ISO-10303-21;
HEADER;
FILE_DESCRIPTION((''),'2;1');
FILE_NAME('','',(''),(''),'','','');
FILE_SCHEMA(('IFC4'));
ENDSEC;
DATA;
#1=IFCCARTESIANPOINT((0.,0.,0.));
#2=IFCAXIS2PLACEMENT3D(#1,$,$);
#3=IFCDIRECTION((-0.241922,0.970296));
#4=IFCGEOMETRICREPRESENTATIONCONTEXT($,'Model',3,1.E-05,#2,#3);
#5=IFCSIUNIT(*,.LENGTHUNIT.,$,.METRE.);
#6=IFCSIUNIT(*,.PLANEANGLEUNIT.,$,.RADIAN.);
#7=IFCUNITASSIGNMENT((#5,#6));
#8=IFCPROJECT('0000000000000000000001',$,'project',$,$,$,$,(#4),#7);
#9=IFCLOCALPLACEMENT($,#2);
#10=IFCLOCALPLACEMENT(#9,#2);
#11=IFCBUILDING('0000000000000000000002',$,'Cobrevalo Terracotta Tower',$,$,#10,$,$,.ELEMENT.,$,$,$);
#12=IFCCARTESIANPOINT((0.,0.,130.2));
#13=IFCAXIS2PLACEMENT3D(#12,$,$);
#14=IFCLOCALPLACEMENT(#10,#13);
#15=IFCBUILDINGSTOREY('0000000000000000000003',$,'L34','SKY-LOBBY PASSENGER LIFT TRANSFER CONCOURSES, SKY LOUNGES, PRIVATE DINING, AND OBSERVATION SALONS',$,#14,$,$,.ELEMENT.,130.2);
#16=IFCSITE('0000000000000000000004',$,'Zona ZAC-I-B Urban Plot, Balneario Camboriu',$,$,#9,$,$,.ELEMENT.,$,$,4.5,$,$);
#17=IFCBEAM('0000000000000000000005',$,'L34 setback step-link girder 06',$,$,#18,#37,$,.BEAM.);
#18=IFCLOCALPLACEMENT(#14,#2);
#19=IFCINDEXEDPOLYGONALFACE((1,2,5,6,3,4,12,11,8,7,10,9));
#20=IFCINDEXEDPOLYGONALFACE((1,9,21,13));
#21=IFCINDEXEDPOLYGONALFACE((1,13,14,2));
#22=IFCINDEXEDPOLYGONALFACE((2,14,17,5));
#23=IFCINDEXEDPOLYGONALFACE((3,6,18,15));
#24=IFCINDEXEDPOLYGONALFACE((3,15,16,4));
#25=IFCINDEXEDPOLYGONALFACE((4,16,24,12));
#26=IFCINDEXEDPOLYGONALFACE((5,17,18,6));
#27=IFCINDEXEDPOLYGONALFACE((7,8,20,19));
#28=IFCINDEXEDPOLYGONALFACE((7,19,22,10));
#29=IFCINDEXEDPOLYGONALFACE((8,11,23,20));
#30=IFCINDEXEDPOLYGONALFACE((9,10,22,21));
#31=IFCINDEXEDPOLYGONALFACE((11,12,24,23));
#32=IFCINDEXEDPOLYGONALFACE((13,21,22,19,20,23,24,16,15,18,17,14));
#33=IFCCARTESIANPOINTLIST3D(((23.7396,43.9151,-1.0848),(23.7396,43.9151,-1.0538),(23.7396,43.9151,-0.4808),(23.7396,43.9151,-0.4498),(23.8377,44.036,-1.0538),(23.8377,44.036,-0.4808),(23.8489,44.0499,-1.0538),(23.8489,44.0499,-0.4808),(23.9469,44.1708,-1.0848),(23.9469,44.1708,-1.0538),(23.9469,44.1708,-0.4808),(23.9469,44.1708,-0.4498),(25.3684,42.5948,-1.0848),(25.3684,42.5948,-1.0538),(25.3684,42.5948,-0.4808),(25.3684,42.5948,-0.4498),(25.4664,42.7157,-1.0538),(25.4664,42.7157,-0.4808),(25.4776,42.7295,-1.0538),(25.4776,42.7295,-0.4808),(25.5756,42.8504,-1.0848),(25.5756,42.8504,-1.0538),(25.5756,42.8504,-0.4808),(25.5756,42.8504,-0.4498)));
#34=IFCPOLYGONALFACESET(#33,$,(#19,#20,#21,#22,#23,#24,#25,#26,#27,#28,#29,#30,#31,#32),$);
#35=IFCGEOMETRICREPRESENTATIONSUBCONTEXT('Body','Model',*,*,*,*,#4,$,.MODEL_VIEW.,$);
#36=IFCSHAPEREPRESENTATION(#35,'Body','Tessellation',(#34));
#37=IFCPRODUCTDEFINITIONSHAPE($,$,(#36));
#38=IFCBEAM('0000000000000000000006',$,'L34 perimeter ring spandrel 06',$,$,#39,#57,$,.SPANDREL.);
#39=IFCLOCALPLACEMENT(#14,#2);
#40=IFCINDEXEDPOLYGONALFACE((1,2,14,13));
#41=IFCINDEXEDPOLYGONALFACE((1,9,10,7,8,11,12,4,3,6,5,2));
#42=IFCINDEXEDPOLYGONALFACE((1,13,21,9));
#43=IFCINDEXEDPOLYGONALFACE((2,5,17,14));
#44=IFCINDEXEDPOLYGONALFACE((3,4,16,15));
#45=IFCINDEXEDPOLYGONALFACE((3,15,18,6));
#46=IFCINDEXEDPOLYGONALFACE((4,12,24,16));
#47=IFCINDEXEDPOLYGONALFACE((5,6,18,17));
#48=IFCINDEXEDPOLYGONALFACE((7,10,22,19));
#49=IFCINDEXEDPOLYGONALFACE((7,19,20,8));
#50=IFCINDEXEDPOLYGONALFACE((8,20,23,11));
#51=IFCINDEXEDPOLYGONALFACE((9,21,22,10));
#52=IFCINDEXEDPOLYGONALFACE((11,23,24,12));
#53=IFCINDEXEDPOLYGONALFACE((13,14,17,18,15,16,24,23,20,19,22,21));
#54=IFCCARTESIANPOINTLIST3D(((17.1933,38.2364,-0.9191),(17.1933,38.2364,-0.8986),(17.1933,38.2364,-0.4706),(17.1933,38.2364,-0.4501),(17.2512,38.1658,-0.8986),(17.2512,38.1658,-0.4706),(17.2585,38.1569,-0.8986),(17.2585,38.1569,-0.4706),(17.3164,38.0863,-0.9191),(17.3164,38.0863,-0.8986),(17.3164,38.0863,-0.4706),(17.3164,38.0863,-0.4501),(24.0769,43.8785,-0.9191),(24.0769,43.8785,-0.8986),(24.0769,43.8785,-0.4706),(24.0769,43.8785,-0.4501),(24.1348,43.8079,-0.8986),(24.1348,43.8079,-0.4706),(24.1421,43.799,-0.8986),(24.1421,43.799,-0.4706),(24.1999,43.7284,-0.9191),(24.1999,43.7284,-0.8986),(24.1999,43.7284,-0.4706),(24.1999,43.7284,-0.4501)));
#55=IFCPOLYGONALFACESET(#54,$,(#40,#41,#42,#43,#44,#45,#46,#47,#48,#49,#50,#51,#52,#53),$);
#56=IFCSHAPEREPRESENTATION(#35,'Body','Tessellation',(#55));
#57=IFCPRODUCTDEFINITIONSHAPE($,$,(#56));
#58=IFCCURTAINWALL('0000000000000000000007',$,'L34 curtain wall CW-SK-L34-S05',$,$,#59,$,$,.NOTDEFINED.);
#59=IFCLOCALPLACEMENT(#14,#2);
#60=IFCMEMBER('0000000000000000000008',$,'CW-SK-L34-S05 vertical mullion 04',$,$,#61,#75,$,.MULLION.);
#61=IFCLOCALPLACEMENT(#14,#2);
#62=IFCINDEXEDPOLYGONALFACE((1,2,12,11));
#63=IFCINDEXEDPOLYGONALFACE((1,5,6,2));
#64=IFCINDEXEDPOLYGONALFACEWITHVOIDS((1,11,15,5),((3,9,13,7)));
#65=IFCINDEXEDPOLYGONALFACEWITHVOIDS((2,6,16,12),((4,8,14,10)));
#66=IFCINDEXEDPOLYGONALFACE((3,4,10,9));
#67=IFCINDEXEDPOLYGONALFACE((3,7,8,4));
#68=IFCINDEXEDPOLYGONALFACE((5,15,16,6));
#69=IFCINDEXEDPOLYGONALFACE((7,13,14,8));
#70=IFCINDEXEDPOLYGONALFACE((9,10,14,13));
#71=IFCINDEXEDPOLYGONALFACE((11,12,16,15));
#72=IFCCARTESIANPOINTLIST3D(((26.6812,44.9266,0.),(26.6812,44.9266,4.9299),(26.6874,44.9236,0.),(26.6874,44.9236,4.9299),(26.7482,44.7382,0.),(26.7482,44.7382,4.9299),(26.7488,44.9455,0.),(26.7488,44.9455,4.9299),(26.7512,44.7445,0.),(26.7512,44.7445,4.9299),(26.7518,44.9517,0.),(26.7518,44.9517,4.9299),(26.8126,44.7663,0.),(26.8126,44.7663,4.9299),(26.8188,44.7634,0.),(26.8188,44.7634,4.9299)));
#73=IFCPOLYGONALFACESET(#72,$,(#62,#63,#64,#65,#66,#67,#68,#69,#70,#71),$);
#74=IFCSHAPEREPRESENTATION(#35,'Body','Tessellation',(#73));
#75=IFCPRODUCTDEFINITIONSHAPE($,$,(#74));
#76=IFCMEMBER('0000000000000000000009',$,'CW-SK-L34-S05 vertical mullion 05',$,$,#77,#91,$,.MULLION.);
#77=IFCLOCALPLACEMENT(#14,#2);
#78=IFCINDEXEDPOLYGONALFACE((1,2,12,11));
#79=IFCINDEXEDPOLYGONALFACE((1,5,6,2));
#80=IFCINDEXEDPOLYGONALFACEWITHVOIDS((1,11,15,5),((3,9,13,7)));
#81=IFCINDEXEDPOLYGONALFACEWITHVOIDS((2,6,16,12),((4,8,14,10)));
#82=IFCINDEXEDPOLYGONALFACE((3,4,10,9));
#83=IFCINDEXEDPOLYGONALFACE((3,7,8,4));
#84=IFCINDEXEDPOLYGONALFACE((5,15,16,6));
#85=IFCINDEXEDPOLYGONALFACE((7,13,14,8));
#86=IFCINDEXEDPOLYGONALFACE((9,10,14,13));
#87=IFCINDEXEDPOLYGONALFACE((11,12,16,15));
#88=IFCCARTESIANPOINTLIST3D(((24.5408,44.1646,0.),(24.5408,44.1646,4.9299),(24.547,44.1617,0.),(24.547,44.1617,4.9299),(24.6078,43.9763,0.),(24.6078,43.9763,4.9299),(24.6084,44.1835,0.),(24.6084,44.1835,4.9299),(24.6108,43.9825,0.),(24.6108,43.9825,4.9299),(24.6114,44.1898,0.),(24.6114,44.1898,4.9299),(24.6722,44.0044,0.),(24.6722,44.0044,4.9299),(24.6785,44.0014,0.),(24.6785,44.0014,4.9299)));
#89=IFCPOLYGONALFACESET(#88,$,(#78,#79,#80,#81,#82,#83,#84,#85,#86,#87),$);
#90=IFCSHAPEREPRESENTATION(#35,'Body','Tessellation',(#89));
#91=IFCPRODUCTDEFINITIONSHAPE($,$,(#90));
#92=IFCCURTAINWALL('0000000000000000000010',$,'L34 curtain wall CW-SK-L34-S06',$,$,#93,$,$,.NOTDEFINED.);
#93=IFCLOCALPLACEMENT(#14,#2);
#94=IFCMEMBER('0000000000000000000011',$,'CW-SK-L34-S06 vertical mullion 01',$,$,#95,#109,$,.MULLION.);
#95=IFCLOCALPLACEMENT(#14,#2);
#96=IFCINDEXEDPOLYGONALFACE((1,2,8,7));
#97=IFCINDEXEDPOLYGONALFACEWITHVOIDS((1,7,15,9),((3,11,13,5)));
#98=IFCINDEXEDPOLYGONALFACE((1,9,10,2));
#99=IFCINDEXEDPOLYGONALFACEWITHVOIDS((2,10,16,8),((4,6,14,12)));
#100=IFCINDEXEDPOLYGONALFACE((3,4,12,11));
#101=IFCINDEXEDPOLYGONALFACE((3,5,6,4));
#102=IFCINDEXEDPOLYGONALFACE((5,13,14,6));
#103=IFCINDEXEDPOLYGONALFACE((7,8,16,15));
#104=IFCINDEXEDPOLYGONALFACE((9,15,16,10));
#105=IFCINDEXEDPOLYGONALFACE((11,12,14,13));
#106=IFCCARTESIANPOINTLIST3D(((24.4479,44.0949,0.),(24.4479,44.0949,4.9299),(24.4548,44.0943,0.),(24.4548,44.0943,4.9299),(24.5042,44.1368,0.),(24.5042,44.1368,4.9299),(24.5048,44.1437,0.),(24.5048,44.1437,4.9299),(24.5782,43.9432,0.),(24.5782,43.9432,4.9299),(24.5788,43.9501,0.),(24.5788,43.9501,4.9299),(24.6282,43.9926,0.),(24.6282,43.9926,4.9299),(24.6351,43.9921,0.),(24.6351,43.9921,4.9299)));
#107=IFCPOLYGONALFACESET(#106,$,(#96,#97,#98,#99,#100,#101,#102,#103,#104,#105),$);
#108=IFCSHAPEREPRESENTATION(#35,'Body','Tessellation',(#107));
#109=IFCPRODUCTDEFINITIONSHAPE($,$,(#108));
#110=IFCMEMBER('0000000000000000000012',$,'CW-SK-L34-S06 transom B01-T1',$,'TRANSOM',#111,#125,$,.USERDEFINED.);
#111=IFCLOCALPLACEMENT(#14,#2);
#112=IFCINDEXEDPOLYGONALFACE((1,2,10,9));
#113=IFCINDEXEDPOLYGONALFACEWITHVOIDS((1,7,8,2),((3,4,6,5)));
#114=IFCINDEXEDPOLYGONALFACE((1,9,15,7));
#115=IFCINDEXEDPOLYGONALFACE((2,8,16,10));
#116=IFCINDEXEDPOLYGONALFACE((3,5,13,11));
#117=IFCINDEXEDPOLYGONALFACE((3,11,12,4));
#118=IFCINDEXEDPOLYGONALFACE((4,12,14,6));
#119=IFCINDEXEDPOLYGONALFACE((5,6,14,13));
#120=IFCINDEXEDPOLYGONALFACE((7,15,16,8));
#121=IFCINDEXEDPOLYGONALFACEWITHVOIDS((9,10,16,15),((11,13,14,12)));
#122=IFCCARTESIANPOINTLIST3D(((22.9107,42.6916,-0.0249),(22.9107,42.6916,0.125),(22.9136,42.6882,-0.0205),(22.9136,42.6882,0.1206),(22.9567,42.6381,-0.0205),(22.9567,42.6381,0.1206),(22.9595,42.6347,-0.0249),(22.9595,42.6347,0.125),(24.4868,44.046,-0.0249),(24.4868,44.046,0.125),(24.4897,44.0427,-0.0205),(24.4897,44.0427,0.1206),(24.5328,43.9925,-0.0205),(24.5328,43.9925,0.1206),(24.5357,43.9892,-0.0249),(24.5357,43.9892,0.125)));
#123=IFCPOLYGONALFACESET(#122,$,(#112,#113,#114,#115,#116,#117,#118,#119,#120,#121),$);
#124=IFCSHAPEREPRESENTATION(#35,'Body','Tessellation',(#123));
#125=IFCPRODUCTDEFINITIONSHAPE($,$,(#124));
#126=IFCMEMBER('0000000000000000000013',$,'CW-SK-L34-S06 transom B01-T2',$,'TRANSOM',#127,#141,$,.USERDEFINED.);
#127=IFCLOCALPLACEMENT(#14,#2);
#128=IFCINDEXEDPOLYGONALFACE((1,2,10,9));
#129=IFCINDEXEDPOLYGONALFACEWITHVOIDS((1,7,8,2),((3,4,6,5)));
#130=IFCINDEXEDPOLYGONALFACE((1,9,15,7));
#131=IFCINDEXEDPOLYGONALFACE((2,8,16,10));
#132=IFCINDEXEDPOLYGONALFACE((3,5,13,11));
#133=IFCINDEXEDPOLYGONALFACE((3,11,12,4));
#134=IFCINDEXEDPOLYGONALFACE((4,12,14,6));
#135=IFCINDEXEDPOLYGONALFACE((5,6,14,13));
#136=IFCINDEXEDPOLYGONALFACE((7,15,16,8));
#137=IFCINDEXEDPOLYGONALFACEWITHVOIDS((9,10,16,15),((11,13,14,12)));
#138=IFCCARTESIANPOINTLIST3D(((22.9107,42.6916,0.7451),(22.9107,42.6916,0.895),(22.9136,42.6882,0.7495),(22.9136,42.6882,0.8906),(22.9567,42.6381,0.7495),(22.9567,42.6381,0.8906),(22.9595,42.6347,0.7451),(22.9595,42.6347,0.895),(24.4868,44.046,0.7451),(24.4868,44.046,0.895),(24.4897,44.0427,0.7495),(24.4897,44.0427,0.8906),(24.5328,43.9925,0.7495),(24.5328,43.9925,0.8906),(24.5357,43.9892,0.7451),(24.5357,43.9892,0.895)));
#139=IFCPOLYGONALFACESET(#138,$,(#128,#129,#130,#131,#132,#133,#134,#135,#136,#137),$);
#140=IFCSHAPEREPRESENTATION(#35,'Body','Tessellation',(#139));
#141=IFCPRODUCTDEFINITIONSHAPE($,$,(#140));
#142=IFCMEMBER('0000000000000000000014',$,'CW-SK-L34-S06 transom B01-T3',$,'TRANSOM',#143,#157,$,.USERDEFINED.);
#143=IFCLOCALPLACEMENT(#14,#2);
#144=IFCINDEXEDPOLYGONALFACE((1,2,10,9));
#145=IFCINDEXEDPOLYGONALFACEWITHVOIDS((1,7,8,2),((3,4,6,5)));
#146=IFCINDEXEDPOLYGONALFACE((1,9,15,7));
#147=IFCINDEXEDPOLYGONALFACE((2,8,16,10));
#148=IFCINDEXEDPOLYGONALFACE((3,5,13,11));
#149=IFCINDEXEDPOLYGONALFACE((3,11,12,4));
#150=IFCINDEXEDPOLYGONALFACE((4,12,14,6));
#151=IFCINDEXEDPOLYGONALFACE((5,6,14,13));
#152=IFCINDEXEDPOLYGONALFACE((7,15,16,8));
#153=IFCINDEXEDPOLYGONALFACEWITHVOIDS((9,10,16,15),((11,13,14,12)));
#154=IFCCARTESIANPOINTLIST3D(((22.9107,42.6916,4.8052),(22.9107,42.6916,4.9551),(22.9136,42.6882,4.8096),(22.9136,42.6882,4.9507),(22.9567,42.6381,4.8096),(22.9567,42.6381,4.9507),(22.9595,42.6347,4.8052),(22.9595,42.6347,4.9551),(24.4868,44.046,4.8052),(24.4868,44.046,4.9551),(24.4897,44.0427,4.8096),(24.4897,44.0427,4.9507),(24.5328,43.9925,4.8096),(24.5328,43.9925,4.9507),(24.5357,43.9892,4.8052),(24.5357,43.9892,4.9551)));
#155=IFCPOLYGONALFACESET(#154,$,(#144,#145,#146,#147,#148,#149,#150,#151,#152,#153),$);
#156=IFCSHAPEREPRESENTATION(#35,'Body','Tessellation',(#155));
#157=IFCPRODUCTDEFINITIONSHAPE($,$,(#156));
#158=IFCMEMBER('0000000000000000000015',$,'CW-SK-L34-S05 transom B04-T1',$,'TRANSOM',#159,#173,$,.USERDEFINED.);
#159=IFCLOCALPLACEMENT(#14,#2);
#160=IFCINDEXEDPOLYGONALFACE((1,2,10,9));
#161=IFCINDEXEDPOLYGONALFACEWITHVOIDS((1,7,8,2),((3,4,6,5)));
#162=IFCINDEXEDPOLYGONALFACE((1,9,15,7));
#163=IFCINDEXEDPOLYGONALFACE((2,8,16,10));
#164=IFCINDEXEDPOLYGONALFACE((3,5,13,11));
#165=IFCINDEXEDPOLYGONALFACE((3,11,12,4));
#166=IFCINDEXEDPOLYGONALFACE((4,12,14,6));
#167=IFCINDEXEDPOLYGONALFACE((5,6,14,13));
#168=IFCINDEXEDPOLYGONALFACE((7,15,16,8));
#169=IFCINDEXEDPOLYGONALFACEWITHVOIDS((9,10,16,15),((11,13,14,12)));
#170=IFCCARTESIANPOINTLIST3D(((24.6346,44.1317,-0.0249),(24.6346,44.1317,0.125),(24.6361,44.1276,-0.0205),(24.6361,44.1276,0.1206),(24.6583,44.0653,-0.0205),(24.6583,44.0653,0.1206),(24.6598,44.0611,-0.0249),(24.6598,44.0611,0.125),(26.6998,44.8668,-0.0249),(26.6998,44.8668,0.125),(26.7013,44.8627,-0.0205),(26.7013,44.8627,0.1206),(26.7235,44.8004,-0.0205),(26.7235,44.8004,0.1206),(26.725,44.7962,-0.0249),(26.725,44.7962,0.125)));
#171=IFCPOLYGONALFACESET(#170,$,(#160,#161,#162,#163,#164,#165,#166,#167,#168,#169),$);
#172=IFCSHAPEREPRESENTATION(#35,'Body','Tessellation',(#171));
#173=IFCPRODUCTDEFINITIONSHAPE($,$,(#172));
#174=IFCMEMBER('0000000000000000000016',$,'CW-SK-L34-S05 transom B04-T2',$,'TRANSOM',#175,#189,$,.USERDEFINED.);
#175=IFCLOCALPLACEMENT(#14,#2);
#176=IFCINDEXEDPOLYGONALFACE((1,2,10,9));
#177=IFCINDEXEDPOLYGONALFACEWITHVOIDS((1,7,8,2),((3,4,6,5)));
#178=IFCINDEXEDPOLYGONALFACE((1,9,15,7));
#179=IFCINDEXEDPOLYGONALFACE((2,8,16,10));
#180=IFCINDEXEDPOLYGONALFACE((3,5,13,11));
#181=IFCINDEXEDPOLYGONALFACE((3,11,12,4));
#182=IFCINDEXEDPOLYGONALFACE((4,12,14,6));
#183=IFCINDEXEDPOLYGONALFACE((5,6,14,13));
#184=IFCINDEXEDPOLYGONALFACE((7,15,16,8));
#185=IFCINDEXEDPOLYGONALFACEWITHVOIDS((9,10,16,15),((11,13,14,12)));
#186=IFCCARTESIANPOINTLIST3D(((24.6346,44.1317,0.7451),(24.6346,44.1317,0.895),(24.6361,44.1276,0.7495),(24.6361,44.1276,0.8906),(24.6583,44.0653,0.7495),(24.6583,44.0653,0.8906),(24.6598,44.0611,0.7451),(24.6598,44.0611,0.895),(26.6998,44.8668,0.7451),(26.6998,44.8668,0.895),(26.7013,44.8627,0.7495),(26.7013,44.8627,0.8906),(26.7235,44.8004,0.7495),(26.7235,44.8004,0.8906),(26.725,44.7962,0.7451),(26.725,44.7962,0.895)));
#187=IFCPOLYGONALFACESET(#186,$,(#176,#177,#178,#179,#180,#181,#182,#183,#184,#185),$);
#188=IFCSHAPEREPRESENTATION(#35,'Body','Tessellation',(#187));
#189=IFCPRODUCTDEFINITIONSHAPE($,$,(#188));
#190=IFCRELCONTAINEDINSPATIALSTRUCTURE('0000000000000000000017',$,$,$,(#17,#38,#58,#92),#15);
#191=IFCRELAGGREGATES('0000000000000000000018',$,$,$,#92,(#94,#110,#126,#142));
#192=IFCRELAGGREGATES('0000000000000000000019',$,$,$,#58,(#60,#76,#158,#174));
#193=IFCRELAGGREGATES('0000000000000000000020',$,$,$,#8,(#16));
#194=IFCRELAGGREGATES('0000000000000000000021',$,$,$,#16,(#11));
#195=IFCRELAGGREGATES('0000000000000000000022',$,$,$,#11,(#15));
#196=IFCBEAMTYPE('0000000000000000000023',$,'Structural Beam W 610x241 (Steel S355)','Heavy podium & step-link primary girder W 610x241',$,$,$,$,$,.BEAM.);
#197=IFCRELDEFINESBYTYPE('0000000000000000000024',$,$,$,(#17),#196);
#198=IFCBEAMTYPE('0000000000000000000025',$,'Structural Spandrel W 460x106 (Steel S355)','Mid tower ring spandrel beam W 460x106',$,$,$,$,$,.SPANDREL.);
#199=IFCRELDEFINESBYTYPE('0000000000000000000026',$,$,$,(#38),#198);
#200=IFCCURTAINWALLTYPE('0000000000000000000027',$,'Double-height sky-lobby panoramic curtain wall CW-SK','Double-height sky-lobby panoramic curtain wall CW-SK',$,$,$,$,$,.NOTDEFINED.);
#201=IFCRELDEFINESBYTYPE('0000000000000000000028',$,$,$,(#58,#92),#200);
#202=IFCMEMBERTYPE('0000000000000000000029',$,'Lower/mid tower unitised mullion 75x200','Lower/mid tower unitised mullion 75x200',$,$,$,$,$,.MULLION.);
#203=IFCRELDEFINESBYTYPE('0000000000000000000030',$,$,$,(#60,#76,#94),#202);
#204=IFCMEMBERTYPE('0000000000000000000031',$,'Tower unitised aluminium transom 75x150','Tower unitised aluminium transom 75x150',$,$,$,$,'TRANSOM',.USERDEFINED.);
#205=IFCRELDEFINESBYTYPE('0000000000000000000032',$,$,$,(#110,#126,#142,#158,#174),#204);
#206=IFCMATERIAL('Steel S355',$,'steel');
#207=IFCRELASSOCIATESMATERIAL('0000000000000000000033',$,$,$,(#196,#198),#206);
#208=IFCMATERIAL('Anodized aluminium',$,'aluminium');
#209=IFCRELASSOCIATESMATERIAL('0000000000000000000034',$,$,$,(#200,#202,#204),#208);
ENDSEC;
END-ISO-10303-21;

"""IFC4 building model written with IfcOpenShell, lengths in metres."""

from ifc_helpers import new_model, si_unit, direction, frame, origin, origin_2d, place, context, subcontext, project, spatial, hollow_rectangle, i_section, extrude, source, transform, mapped, material, material_profile, profile_set, type_object, element, aggregate, save


model = new_model("IFC4")

# Units and contexts
model_context = context("Model", 3, precision=1e-05, world=origin(), true_north=direction((-0.241922, 0.970296)))
body_context = subcontext(model_context, "Body", "Model", "MODEL_VIEW")
ifc_project = project(units=[si_unit("LENGTHUNIT", "METRE"), si_unit("PLANEANGLEUNIT", "RADIAN")], contexts=[model_context])

# Site, building, storey
site_placement = place(None, origin())
site = spatial("IfcSite", under=ifc_project, at=site_placement, Name="Zona ZAC-I-B Urban Plot, Balneario Camboriu", CompositionType="ELEMENT", RefElevation=4.5)
building_placement = place(site_placement, origin())
building = spatial("IfcBuilding", under=site, at=building_placement, Name="Cobrevalo Terracotta Tower", CompositionType="ELEMENT")
storey_placement = place(building_placement, frame((0.0, 0.0, 130.2)))
storey = spatial("IfcBuildingStorey", under=building, at=storey_placement, Name="L34", Description="SKY-LOBBY PASSENGER LIFT TRANSFER CONCOURSES, SKY LOUNGES, PRIVATE DINING, AND OBSERVATION SALONS", CompositionType="ELEMENT", Elevation=130.2)

# Beams
ifc_material_1 = material(Name="Steel S355", Category="steel")
ifc_material_profile_1 = material_profile(ifc_material_1, i_section(OverallWidth=0.3291, OverallDepth=0.635, WebThickness=0.0178, FlangeThickness=0.031, at=origin_2d()), Name="W 610x241")
ifc_profile_set_1 = profile_set([ifc_material_profile_1], Name="Steel S355")
beam_type_1 = type_object("IfcBeamType", Name="Structural Beam W 610x241 (Steel S355)", Description="Heavy podium & step-link primary girder W 610x241", PredefinedType="BEAM", material=ifc_profile_set_1)
beam_1_placement = place(storey_placement, frame((23.8433, 44.043, -0.7673), z_axis=(0.776808, -0.629737, 0.0), x_axis=(0.629737, 0.776808, 0.0)))
element("IfcBeam", 1, at=beam_1_placement, inside=storey, type_object=beam_type_1, Name="L34 setback step-link girder 06", PredefinedType="BEAM", context=body_context, shape_type="SweptSolid", body=[
    extrude(i_section(OverallWidth=0.3291, OverallDepth=0.635, WebThickness=0.0178, FlangeThickness=0.031, at=origin_2d()), origin(), (0.0, 0.0, 1.0), 2.0967),
])
ifc_material_profile_2 = material_profile(ifc_material_1, i_section(OverallWidth=0.1941, OverallDepth=0.469, WebThickness=0.0115, FlangeThickness=0.0205, at=origin_2d()), Name="W 460x106")
ifc_profile_set_2 = profile_set([ifc_material_profile_2], Name="Steel S355")
beam_type_2 = type_object("IfcBeamType", Name="Structural Spandrel W 460x106 (Steel S355)", Description="Mid tower ring spandrel beam W 460x106", PredefinedType="SPANDREL", material=ifc_profile_set_2)
beam_2_placement = place(storey_placement, frame((24.1384, 43.8035, -0.6846), z_axis=(-0.773401, -0.633917, 0.0), x_axis=(0.633917, -0.773401, 0.0)))
element("IfcBeam", 2, at=beam_2_placement, inside=storey, type_object=beam_type_2, Name="L34 perimeter ring spandrel 06", PredefinedType="SPANDREL", context=body_context, shape_type="SweptSolid", body=[
    extrude(i_section(OverallWidth=0.1941, OverallDepth=0.469, WebThickness=0.0115, FlangeThickness=0.0205, at=origin_2d()), origin(), (0.0, 0.0, 1.0), 8.9004),
])

# Curtain walls, members
ifc_material_2 = material(Name="Anodized aluminium", Category="aluminium")
curtain_wall_type = type_object("IfcCurtainWallType", Name="Double-height sky-lobby panoramic curtain wall CW-SK", Description="Double-height sky-lobby panoramic curtain wall CW-SK", PredefinedType="NOTDEFINED", material=ifc_material_2)
curtain_wall_1_placement = place(storey_placement, origin())
curtain_wall_1 = element("IfcCurtainWall", 3, at=curtain_wall_1_placement, inside=storey, type_object=curtain_wall_type, Name="L34 curtain wall CW-SK-L34-S05", PredefinedType="NOTDEFINED")
ifc_material_profile_3 = material_profile(ifc_material_2, hollow_rectangle(XDim=0.075, YDim=0.2, WallThickness=0.0049, at=origin_2d()), Name="CWM 75x200")
ifc_profile_set_3 = profile_set([ifc_material_profile_3], Name="Anodized aluminium")
member_type_1 = type_object("IfcMemberType", Name="Lower/mid tower unitised mullion 75x200", Description="Lower/mid tower unitised mullion 75x200", PredefinedType="MULLION", material=ifc_profile_set_3)
shared_shape_1 = source(origin(), body_context, "Body", "SweptSolid", [
    extrude(hollow_rectangle(XDim=0.075, YDim=0.2, WallThickness=0.0049, at=origin_2d()), origin(), (0.0, 0.0, 1.0), 4.9299),
])
member_1_placement = place(storey_placement, frame((26.75, 44.845, 0.0), z_axis=(0.0, 0.0, 1.0), x_axis=(-0.942098, -0.335336, 0.0)))
member_1 = element("IfcMember", 4, at=member_1_placement, type_object=member_type_1, Name="CW-SK-L34-S05 vertical mullion 04", PredefinedType="MULLION", context=body_context, shape_type="MappedRepresentation", body=[
    mapped(shared_shape_1, transform((0.0, 0.0, 0.0), scale=1.0)),
])
member_2_placement = place(storey_placement, frame((24.6096, 44.083, 0.0), z_axis=(0.0, 0.0, 1.0), x_axis=(-0.942098, -0.335336, 0.0)))
member_2 = element("IfcMember", 5, at=member_2_placement, type_object=member_type_1, Name="CW-SK-L34-S05 vertical mullion 05", PredefinedType="MULLION", context=body_context, shape_type="MappedRepresentation", body=[
    mapped(shared_shape_1, transform((0.0, 0.0, 0.0), scale=1.0)),
])
curtain_wall_2_placement = place(storey_placement, origin())
curtain_wall_2 = element("IfcCurtainWall", 6, at=curtain_wall_2_placement, inside=storey, type_object=curtain_wall_type, Name="L34 curtain wall CW-SK-L34-S06", PredefinedType="NOTDEFINED")
member_3_placement = place(storey_placement, frame((24.5415, 44.0435, 0.0), z_axis=(0.0, 0.0, 1.0), x_axis=(-0.758442, -0.651741, 0.0)))
member_3 = element("IfcMember", 7, at=member_3_placement, type_object=member_type_1, Name="CW-SK-L34-S06 vertical mullion 01", PredefinedType="MULLION", context=body_context, shape_type="MappedRepresentation", body=[
    mapped(shared_shape_1, transform((0.0, 0.0, 0.0), scale=1.0)),
])
ifc_material_profile_4 = material_profile(ifc_material_2, hollow_rectangle(XDim=0.075, YDim=0.1499, WallThickness=0.0044, at=origin_2d()), Name="CWT 75x150")
ifc_profile_set_4 = profile_set([ifc_material_profile_4], Name="Anodized aluminium")
member_type_2 = type_object("IfcMemberType", Name="Tower unitised aluminium transom 75x150", Description="Tower unitised aluminium transom 75x150", ElementType="TRANSOM", PredefinedType="USERDEFINED", material=ifc_profile_set_4)
shared_shape_2 = source(origin(), body_context, "Body", "SweptSolid", [
    extrude(hollow_rectangle(XDim=0.075, YDim=0.1499, WallThickness=0.0044, at=origin_2d()), origin(), (0.0, 0.0, 1.0), 2.0781),
])
member_4_placement = place(storey_placement, frame((24.5112, 44.0176, 0.05), z_axis=(-0.758427, -0.651758, 0.0), x_axis=(0.651758, -0.758427, 0.0)))
member_4 = element("IfcMember", 8, at=member_4_placement, type_object=member_type_2, Name="CW-SK-L34-S06 transom B01-T1", ObjectType="TRANSOM", PredefinedType="USERDEFINED", context=body_context, shape_type="MappedRepresentation", body=[
    mapped(shared_shape_2, transform((0.0, 0.0, 0.0), scale=1.0)),
])
member_5_placement = place(storey_placement, frame((24.5112, 44.0176, 0.8201), z_axis=(-0.758427, -0.651758, 0.0), x_axis=(0.651758, -0.758427, 0.0)))
member_5 = element("IfcMember", 9, at=member_5_placement, type_object=member_type_2, Name="CW-SK-L34-S06 transom B01-T2", ObjectType="TRANSOM", PredefinedType="USERDEFINED", context=body_context, shape_type="MappedRepresentation", body=[
    mapped(shared_shape_2, transform((0.0, 0.0, 0.0), scale=1.0)),
])
member_6_placement = place(storey_placement, frame((24.5112, 44.0176, 4.8801), z_axis=(-0.758427, -0.651758, 0.0), x_axis=(0.651758, -0.758427, 0.0)))
member_6 = element("IfcMember", 10, at=member_6_placement, type_object=member_type_2, Name="CW-SK-L34-S06 transom B01-T3", ObjectType="TRANSOM", PredefinedType="USERDEFINED", context=body_context, shape_type="MappedRepresentation", body=[
    mapped(shared_shape_2, transform((0.0, 0.0, 0.0), scale=1.0)),
])

# Members
shared_shape_3 = source(origin(), body_context, "Body", "SweptSolid", [
    extrude(hollow_rectangle(XDim=0.075, YDim=0.1499, WallThickness=0.0044, at=origin_2d()), origin(), (0.0, 0.0, 1.0), 2.1921),
])
member_7_placement = place(storey_placement, frame((26.7124, 44.8315, 0.05), z_axis=(-0.942097, -0.335341, 0.0), x_axis=(0.335341, -0.942097, 0.0)))
member_7 = element("IfcMember", 11, at=member_7_placement, type_object=member_type_2, Name="CW-SK-L34-S05 transom B04-T1", ObjectType="TRANSOM", PredefinedType="USERDEFINED", context=body_context, shape_type="MappedRepresentation", body=[
    mapped(shared_shape_3, transform((0.0, 0.0, 0.0), scale=1.0)),
])
member_8_placement = place(storey_placement, frame((26.7124, 44.8315, 0.8201), z_axis=(-0.942097, -0.335341, 0.0), x_axis=(0.335341, -0.942097, 0.0)))
member_8 = element("IfcMember", 12, at=member_8_placement, type_object=member_type_2, Name="CW-SK-L34-S05 transom B04-T2", ObjectType="TRANSOM", PredefinedType="USERDEFINED", context=body_context, shape_type="MappedRepresentation", body=[
    mapped(shared_shape_3, transform((0.0, 0.0, 0.0), scale=1.0)),
])

aggregate(curtain_wall_2, [member_3, member_4, member_5, member_6])
aggregate(curtain_wall_1, [member_1, member_2, member_7, member_8])

save(model, "model.ifc")
